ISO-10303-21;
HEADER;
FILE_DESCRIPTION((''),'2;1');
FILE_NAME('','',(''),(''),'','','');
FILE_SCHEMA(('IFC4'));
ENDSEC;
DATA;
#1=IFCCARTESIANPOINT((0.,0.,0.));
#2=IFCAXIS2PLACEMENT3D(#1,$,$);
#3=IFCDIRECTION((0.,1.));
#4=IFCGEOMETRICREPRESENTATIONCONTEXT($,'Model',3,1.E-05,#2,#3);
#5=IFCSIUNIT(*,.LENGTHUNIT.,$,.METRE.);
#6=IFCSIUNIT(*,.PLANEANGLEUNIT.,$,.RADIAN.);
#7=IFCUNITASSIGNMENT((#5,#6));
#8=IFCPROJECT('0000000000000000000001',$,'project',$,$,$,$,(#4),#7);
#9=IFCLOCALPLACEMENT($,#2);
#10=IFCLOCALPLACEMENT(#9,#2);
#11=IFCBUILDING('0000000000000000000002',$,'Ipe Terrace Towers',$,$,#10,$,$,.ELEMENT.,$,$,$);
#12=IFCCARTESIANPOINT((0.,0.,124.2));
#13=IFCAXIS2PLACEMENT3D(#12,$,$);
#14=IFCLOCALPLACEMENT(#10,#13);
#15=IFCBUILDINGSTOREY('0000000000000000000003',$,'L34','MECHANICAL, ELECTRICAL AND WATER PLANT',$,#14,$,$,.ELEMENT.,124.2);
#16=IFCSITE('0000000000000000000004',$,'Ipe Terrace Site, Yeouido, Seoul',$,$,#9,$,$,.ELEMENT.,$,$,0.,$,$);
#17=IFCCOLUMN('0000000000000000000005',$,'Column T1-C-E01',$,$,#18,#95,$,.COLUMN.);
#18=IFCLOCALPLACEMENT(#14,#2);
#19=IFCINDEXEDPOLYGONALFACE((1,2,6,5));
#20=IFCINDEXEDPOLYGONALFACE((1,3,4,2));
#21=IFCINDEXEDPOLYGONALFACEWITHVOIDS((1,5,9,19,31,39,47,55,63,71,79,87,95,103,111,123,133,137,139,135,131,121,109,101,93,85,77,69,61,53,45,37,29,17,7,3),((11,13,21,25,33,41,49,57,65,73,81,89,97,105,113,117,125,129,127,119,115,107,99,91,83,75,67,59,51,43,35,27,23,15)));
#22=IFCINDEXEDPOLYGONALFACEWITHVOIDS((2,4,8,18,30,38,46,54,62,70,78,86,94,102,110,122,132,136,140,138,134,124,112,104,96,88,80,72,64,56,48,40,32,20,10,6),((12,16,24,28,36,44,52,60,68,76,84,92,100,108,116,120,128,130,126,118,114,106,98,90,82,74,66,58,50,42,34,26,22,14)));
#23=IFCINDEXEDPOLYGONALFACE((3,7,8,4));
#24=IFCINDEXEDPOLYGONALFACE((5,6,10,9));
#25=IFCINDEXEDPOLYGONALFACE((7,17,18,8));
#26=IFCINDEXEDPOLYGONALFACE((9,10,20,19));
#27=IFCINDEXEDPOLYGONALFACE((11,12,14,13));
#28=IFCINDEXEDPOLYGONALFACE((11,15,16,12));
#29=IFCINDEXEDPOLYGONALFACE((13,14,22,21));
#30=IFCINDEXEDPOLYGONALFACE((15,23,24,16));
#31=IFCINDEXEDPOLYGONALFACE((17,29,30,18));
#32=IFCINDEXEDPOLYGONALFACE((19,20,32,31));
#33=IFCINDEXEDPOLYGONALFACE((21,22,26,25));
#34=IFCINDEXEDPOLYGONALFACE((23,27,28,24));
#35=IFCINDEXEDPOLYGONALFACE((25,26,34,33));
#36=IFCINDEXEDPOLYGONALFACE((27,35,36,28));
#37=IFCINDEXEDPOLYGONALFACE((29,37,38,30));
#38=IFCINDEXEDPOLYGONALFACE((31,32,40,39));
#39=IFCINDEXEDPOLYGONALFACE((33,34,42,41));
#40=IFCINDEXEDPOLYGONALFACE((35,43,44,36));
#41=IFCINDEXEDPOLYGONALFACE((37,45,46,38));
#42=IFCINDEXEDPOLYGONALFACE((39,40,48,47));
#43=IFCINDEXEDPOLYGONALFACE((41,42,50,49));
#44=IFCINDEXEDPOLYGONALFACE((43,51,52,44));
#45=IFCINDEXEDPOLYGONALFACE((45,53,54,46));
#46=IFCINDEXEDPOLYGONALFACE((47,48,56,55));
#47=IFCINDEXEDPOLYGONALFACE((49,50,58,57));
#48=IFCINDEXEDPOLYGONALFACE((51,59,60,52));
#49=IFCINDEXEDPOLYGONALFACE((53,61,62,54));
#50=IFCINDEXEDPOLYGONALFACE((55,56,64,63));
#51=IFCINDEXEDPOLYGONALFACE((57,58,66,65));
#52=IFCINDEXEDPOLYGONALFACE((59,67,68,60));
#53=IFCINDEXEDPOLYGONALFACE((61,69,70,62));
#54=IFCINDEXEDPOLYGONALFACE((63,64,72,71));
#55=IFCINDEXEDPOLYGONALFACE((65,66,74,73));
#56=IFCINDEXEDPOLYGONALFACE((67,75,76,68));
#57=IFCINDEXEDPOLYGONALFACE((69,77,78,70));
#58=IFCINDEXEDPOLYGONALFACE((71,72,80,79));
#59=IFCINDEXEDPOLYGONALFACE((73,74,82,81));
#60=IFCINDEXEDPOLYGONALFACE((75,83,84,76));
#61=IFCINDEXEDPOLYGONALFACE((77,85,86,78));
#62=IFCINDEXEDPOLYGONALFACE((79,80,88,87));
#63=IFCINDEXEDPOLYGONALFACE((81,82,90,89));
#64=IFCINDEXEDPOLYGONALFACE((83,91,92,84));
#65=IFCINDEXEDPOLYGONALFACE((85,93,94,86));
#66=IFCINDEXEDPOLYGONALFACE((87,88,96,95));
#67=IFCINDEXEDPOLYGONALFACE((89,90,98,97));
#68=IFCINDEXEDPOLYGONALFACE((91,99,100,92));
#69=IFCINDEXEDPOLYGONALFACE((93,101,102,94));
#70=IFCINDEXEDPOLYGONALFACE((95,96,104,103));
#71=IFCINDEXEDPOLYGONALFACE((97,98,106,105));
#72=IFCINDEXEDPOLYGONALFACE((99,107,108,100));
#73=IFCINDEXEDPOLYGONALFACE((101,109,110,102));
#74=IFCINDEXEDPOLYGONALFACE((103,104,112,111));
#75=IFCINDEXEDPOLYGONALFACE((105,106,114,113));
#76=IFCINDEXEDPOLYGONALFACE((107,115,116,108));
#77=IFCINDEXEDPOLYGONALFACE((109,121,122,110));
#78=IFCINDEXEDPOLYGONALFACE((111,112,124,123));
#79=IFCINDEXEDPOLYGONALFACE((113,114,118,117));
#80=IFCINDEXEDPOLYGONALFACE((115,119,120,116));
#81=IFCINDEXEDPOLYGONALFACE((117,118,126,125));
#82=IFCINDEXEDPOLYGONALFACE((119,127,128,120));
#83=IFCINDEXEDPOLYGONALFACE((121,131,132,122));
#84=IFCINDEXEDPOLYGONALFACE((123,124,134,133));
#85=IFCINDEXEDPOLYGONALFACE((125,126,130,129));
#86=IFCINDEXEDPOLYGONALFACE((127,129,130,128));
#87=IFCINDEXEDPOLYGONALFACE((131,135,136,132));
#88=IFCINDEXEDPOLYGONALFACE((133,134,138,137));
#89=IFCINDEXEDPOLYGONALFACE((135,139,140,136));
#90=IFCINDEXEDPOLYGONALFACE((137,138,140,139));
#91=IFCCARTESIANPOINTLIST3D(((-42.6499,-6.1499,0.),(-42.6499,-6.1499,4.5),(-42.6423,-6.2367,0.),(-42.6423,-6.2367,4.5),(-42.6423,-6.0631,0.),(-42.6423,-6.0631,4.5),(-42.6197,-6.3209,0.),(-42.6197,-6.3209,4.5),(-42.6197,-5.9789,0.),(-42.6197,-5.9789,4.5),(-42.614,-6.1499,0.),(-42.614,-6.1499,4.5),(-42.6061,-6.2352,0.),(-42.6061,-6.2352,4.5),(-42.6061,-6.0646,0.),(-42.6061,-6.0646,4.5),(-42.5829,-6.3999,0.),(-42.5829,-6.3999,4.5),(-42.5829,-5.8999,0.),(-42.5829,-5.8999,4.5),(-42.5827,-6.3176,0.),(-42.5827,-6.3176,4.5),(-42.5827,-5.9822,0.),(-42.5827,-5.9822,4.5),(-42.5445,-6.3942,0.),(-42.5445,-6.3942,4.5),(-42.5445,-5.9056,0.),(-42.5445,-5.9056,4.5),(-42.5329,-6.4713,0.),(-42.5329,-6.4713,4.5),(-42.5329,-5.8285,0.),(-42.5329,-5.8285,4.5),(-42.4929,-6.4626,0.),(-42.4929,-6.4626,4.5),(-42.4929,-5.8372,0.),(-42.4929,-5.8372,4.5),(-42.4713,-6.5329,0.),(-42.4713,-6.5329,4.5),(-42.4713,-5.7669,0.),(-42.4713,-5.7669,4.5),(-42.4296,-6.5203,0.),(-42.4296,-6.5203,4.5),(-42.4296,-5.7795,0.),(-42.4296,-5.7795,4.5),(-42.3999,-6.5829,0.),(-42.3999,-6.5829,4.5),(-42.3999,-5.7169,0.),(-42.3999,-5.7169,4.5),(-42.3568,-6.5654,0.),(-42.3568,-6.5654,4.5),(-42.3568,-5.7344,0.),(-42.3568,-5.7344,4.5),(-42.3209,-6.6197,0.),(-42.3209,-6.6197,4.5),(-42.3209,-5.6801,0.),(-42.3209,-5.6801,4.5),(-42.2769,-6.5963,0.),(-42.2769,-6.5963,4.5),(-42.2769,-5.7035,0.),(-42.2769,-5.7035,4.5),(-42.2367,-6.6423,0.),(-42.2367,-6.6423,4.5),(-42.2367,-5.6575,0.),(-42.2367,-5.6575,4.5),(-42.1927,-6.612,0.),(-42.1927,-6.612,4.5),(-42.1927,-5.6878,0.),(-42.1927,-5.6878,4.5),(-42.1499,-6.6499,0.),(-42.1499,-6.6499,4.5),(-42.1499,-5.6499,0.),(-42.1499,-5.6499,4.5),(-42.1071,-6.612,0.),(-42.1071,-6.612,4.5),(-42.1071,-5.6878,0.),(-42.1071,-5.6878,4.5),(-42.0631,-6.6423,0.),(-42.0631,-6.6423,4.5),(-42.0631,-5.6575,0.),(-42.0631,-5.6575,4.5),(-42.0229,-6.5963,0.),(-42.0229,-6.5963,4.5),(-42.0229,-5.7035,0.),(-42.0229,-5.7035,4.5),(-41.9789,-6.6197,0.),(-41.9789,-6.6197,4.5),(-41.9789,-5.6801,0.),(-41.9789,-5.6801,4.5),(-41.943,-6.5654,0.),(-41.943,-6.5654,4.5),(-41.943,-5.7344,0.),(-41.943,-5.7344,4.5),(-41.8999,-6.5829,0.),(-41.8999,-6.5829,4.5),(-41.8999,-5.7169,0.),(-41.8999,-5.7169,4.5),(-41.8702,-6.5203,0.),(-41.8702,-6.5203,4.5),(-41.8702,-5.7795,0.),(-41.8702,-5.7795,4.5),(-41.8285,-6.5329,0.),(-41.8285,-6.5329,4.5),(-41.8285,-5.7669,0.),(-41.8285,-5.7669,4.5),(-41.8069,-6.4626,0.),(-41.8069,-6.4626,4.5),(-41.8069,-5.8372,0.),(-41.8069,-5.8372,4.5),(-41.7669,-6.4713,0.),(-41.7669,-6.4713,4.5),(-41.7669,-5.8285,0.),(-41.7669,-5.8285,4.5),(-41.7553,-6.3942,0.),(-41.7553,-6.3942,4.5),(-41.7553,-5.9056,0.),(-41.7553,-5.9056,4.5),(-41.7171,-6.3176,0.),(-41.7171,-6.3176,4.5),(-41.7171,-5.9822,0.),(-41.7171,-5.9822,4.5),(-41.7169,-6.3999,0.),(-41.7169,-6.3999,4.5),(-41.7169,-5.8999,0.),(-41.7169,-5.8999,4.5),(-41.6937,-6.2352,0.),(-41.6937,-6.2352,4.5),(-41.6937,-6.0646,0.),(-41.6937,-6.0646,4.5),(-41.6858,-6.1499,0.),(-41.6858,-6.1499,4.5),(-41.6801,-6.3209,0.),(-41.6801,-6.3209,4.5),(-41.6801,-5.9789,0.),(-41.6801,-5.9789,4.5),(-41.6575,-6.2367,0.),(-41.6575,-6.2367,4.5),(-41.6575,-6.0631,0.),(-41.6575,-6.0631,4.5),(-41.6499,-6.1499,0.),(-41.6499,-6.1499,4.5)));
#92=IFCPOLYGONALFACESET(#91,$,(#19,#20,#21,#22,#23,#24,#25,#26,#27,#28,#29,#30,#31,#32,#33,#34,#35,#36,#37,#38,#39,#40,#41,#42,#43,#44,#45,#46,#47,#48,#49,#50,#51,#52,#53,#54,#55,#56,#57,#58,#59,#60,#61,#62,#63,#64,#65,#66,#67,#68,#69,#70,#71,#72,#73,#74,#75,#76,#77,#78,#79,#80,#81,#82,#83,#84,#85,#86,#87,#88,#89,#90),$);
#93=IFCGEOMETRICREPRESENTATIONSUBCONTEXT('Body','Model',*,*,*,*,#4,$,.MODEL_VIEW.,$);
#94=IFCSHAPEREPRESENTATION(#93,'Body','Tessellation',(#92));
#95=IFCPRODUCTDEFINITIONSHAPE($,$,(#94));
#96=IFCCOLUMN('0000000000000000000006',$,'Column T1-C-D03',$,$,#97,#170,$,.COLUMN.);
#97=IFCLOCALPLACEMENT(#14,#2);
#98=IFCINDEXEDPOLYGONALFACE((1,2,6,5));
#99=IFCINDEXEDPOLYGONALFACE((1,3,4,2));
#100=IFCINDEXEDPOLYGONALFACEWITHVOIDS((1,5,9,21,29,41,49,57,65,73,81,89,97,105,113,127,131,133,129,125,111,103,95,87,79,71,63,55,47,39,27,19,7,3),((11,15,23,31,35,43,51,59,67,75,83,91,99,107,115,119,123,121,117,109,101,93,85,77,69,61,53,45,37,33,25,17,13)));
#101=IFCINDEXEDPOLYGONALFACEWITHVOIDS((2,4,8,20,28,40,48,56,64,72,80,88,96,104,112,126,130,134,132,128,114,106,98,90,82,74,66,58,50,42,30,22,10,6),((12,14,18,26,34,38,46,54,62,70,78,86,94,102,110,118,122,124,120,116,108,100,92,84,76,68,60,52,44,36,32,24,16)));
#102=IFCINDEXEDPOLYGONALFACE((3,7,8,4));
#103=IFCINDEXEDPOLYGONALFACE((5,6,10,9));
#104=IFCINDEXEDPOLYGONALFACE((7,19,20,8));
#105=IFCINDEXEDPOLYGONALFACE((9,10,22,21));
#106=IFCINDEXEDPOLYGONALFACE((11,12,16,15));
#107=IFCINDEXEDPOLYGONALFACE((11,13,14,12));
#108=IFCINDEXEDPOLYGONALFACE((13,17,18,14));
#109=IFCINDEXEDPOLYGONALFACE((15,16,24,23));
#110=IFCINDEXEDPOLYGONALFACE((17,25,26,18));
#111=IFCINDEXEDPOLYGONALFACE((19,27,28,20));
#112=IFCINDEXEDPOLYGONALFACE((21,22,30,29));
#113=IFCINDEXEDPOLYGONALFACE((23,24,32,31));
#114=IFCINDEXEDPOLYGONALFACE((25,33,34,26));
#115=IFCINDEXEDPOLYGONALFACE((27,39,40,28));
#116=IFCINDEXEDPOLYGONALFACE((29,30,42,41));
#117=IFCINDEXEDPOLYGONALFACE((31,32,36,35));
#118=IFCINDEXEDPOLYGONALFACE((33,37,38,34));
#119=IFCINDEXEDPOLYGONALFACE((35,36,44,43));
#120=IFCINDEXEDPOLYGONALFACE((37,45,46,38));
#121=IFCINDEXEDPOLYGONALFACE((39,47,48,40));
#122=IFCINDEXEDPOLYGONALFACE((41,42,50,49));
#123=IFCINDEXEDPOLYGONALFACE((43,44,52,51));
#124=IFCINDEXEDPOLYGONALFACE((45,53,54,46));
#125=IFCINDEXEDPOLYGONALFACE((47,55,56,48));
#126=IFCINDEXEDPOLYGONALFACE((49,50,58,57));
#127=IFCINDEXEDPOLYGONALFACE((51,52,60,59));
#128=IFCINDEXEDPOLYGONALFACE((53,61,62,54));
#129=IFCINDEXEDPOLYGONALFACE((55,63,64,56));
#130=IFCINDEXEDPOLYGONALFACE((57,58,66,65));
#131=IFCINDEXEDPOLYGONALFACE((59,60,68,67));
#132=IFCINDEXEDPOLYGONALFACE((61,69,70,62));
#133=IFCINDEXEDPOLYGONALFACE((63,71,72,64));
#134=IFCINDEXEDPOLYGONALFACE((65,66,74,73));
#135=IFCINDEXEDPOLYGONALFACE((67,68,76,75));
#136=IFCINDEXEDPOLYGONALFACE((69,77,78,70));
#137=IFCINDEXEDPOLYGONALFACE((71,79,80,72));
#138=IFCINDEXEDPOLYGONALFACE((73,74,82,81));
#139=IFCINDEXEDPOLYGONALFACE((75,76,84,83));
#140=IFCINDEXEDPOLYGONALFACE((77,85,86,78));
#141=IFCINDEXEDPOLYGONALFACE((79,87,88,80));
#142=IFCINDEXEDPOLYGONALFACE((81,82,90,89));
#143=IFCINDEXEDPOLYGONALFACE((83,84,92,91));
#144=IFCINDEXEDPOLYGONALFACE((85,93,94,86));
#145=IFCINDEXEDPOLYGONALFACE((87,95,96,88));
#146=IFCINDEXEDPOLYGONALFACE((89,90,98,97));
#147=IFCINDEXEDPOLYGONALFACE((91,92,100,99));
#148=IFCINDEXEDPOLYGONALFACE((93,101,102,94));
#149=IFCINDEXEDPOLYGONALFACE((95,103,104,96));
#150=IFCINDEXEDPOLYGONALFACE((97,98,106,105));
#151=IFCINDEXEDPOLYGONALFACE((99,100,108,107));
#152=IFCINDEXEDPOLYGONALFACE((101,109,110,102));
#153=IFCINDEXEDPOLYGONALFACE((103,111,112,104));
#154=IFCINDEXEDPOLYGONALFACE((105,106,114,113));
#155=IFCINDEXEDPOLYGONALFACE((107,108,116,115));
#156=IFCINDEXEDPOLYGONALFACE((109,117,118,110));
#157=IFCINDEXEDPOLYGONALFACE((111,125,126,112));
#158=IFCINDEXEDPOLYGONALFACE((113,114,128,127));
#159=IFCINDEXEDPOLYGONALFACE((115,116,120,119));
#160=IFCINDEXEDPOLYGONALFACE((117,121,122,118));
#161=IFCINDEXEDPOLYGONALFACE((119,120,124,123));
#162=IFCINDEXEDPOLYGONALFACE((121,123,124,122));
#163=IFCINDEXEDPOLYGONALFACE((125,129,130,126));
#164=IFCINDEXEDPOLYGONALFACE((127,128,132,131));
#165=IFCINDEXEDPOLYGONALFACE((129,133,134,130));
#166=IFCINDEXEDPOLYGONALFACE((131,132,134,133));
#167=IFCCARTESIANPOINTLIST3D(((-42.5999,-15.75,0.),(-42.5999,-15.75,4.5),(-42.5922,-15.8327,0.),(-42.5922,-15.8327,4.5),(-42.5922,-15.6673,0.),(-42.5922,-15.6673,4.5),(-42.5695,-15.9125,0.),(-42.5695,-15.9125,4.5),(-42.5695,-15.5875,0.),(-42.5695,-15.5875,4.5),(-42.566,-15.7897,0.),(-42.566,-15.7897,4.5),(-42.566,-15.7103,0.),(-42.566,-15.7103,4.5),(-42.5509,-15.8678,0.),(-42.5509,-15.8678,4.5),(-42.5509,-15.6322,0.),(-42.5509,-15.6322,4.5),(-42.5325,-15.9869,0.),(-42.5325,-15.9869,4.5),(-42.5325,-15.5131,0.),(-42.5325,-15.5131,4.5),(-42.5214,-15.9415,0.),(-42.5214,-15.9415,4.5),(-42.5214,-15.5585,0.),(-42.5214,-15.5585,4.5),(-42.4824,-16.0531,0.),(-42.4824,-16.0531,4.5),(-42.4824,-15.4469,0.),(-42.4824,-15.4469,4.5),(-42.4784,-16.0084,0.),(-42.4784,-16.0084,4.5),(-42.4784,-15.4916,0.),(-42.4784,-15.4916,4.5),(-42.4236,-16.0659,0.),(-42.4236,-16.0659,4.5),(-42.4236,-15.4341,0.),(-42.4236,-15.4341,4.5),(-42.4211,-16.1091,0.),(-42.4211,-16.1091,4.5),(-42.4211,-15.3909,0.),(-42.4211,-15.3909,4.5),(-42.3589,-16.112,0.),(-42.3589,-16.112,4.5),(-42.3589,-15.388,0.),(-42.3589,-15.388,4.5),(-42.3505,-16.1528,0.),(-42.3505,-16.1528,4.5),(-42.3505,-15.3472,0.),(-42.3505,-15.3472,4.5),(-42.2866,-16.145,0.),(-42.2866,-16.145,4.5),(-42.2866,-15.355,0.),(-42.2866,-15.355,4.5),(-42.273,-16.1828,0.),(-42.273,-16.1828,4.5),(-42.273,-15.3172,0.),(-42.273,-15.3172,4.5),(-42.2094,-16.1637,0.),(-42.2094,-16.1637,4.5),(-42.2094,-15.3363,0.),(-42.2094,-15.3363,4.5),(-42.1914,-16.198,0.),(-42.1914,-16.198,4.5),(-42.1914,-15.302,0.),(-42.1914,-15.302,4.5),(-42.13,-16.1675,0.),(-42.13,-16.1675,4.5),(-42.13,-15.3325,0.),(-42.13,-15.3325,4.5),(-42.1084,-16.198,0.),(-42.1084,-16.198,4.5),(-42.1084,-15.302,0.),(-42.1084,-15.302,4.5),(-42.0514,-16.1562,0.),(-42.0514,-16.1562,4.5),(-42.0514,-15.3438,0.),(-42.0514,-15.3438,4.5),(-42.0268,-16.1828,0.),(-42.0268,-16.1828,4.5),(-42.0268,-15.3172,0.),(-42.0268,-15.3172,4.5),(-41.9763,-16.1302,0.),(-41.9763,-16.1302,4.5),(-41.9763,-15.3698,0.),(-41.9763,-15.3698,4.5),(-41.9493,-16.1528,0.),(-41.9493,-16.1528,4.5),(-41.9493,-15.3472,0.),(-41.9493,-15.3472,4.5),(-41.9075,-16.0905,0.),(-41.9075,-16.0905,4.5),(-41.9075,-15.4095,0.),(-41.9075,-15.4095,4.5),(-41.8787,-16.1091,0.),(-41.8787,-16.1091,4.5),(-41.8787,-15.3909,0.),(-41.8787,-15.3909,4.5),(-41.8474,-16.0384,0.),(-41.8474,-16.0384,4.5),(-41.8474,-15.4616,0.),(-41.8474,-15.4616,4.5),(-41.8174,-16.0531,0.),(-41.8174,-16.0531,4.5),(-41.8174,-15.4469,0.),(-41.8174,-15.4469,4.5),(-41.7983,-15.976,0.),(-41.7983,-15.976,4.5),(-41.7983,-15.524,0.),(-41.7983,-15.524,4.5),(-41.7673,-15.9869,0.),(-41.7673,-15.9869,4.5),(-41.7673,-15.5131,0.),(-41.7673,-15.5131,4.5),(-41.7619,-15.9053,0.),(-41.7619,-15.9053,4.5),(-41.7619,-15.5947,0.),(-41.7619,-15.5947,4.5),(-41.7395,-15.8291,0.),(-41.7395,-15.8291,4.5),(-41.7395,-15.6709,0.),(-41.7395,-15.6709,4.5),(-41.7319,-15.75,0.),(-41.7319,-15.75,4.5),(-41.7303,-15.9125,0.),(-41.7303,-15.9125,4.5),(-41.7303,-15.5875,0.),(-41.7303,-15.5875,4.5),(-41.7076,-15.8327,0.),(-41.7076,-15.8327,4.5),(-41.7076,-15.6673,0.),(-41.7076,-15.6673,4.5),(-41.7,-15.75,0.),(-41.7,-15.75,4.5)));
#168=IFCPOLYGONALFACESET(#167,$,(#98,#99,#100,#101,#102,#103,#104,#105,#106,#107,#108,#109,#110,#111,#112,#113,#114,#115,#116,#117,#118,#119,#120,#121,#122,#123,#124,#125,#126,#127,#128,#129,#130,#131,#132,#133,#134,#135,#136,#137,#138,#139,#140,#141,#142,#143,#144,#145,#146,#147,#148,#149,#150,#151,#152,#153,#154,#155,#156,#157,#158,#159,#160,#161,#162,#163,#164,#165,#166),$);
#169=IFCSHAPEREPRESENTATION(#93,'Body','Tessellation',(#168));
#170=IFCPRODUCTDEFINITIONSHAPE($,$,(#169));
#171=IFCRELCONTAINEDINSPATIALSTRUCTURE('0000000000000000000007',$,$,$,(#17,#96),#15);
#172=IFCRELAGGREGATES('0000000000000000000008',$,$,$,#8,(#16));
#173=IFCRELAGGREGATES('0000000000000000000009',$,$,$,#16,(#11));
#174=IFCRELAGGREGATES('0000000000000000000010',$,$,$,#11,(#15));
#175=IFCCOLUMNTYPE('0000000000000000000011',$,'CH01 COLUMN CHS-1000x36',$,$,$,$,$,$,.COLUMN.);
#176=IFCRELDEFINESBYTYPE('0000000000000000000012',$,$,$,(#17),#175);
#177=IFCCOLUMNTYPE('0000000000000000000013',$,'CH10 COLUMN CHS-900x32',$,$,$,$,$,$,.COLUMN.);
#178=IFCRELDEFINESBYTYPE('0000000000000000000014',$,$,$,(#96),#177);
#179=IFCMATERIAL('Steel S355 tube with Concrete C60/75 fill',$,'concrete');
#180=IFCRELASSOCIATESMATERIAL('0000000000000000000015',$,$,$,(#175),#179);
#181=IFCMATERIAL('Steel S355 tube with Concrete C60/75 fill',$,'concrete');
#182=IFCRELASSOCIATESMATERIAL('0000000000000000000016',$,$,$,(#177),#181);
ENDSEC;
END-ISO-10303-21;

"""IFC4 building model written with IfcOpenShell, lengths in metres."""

from ifc_helpers import new_model, si_unit, direction, frame, origin, origin_2d, place, context, subcontext, project, spatial, hollow_circle, extrude, material, material_profile, profile_set, type_object, element, save


model = new_model("IFC4")

# Units and contexts
model_context = context("Model", 3, precision=1e-05, world=origin(), true_north=direction((0.0, 1.0)))
body_context = subcontext(model_context, "Body", "Model", "MODEL_VIEW")
ifc_project = project(units=[si_unit("LENGTHUNIT", "METRE"), si_unit("PLANEANGLEUNIT", "RADIAN")], contexts=[model_context])

# Site, building, storey
site_placement = place(None, origin())
site = spatial("IfcSite", under=ifc_project, at=site_placement, Name="Ipe Terrace Site, Yeouido, Seoul", CompositionType="ELEMENT", RefElevation=0.0)
building_placement = place(site_placement, origin())
building = spatial("IfcBuilding", under=site, at=building_placement, Name="Ipe Terrace Towers", CompositionType="ELEMENT")
storey_placement = place(building_placement, frame((0.0, 0.0, 124.2)))
storey = spatial("IfcBuildingStorey", under=building, at=storey_placement, Name="L34", Description="MECHANICAL, ELECTRICAL AND WATER PLANT", CompositionType="ELEMENT", Elevation=124.2)

# Columns
ifc_material_1 = material(Name="Steel S355 tube with Concrete C60/75 fill", Category="concrete")
ifc_material_profile_1 = material_profile(ifc_material_1, hollow_circle(Radius=0.5, WallThickness=0.0359, at=origin_2d()), Name="CHS-1000x36")
ifc_profile_set_1 = profile_set([ifc_material_profile_1], Name="Steel S355 tube with Concrete C60/75 fill")
column_type_1 = type_object("IfcColumnType", Name="CH01 COLUMN CHS-1000x36", PredefinedType="COLUMN", material=ifc_profile_set_1)
column_placement = place(storey_placement, frame((-42.1499, -6.1499, 0.0), z_axis=(0.0, 0.0, 1.0), x_axis=(1.0, 0.0, 0.0)))
element("IfcColumn", 1, at=column_placement, inside=storey, type_object=column_type_1, Name="Column T1-C-E01", PredefinedType="COLUMN", context=body_context, shape_type="SweptSolid", body=[
    extrude(hollow_circle(Radius=0.5, WallThickness=0.0359, at=origin_2d()), origin(), (0.0, 0.0, 1.0), 4.5),
])
ifc_material_2 = material(Name="Steel S355 tube with Concrete C60/75 fill", Category="concrete")
ifc_material_profile_2 = material_profile(ifc_material_2, hollow_circle(Radius=0.45, WallThickness=0.032, at=origin_2d()), Name="CHS-900x32")
ifc_profile_set_2 = profile_set([ifc_material_profile_2], Name="Steel S355 tube with Concrete C60/75 fill")
column_type_2 = type_object("IfcColumnType", Name="CH10 COLUMN CHS-900x32", PredefinedType="COLUMN", material=ifc_profile_set_2)
for number, where, z_axis, x_axis, name in (
    (2, (-42.1499, -15.75, 0.0), (0.0, 0.0, 1.0), (1.0, 0.0, 0.0), "Column T1-C-D03"),
):
    element("IfcColumn", number, at=place(storey_placement, frame(where, z_axis=z_axis, x_axis=x_axis)), inside=storey, type_object=column_type_2, Name=name, PredefinedType="COLUMN", context=body_context, shape_type="SweptSolid", body=[
        extrude(hollow_circle(Radius=0.45, WallThickness=0.032, at=origin_2d()), origin(), (0.0, 0.0, 1.0), 4.5),
    ])

save(model, "model.ifc")
